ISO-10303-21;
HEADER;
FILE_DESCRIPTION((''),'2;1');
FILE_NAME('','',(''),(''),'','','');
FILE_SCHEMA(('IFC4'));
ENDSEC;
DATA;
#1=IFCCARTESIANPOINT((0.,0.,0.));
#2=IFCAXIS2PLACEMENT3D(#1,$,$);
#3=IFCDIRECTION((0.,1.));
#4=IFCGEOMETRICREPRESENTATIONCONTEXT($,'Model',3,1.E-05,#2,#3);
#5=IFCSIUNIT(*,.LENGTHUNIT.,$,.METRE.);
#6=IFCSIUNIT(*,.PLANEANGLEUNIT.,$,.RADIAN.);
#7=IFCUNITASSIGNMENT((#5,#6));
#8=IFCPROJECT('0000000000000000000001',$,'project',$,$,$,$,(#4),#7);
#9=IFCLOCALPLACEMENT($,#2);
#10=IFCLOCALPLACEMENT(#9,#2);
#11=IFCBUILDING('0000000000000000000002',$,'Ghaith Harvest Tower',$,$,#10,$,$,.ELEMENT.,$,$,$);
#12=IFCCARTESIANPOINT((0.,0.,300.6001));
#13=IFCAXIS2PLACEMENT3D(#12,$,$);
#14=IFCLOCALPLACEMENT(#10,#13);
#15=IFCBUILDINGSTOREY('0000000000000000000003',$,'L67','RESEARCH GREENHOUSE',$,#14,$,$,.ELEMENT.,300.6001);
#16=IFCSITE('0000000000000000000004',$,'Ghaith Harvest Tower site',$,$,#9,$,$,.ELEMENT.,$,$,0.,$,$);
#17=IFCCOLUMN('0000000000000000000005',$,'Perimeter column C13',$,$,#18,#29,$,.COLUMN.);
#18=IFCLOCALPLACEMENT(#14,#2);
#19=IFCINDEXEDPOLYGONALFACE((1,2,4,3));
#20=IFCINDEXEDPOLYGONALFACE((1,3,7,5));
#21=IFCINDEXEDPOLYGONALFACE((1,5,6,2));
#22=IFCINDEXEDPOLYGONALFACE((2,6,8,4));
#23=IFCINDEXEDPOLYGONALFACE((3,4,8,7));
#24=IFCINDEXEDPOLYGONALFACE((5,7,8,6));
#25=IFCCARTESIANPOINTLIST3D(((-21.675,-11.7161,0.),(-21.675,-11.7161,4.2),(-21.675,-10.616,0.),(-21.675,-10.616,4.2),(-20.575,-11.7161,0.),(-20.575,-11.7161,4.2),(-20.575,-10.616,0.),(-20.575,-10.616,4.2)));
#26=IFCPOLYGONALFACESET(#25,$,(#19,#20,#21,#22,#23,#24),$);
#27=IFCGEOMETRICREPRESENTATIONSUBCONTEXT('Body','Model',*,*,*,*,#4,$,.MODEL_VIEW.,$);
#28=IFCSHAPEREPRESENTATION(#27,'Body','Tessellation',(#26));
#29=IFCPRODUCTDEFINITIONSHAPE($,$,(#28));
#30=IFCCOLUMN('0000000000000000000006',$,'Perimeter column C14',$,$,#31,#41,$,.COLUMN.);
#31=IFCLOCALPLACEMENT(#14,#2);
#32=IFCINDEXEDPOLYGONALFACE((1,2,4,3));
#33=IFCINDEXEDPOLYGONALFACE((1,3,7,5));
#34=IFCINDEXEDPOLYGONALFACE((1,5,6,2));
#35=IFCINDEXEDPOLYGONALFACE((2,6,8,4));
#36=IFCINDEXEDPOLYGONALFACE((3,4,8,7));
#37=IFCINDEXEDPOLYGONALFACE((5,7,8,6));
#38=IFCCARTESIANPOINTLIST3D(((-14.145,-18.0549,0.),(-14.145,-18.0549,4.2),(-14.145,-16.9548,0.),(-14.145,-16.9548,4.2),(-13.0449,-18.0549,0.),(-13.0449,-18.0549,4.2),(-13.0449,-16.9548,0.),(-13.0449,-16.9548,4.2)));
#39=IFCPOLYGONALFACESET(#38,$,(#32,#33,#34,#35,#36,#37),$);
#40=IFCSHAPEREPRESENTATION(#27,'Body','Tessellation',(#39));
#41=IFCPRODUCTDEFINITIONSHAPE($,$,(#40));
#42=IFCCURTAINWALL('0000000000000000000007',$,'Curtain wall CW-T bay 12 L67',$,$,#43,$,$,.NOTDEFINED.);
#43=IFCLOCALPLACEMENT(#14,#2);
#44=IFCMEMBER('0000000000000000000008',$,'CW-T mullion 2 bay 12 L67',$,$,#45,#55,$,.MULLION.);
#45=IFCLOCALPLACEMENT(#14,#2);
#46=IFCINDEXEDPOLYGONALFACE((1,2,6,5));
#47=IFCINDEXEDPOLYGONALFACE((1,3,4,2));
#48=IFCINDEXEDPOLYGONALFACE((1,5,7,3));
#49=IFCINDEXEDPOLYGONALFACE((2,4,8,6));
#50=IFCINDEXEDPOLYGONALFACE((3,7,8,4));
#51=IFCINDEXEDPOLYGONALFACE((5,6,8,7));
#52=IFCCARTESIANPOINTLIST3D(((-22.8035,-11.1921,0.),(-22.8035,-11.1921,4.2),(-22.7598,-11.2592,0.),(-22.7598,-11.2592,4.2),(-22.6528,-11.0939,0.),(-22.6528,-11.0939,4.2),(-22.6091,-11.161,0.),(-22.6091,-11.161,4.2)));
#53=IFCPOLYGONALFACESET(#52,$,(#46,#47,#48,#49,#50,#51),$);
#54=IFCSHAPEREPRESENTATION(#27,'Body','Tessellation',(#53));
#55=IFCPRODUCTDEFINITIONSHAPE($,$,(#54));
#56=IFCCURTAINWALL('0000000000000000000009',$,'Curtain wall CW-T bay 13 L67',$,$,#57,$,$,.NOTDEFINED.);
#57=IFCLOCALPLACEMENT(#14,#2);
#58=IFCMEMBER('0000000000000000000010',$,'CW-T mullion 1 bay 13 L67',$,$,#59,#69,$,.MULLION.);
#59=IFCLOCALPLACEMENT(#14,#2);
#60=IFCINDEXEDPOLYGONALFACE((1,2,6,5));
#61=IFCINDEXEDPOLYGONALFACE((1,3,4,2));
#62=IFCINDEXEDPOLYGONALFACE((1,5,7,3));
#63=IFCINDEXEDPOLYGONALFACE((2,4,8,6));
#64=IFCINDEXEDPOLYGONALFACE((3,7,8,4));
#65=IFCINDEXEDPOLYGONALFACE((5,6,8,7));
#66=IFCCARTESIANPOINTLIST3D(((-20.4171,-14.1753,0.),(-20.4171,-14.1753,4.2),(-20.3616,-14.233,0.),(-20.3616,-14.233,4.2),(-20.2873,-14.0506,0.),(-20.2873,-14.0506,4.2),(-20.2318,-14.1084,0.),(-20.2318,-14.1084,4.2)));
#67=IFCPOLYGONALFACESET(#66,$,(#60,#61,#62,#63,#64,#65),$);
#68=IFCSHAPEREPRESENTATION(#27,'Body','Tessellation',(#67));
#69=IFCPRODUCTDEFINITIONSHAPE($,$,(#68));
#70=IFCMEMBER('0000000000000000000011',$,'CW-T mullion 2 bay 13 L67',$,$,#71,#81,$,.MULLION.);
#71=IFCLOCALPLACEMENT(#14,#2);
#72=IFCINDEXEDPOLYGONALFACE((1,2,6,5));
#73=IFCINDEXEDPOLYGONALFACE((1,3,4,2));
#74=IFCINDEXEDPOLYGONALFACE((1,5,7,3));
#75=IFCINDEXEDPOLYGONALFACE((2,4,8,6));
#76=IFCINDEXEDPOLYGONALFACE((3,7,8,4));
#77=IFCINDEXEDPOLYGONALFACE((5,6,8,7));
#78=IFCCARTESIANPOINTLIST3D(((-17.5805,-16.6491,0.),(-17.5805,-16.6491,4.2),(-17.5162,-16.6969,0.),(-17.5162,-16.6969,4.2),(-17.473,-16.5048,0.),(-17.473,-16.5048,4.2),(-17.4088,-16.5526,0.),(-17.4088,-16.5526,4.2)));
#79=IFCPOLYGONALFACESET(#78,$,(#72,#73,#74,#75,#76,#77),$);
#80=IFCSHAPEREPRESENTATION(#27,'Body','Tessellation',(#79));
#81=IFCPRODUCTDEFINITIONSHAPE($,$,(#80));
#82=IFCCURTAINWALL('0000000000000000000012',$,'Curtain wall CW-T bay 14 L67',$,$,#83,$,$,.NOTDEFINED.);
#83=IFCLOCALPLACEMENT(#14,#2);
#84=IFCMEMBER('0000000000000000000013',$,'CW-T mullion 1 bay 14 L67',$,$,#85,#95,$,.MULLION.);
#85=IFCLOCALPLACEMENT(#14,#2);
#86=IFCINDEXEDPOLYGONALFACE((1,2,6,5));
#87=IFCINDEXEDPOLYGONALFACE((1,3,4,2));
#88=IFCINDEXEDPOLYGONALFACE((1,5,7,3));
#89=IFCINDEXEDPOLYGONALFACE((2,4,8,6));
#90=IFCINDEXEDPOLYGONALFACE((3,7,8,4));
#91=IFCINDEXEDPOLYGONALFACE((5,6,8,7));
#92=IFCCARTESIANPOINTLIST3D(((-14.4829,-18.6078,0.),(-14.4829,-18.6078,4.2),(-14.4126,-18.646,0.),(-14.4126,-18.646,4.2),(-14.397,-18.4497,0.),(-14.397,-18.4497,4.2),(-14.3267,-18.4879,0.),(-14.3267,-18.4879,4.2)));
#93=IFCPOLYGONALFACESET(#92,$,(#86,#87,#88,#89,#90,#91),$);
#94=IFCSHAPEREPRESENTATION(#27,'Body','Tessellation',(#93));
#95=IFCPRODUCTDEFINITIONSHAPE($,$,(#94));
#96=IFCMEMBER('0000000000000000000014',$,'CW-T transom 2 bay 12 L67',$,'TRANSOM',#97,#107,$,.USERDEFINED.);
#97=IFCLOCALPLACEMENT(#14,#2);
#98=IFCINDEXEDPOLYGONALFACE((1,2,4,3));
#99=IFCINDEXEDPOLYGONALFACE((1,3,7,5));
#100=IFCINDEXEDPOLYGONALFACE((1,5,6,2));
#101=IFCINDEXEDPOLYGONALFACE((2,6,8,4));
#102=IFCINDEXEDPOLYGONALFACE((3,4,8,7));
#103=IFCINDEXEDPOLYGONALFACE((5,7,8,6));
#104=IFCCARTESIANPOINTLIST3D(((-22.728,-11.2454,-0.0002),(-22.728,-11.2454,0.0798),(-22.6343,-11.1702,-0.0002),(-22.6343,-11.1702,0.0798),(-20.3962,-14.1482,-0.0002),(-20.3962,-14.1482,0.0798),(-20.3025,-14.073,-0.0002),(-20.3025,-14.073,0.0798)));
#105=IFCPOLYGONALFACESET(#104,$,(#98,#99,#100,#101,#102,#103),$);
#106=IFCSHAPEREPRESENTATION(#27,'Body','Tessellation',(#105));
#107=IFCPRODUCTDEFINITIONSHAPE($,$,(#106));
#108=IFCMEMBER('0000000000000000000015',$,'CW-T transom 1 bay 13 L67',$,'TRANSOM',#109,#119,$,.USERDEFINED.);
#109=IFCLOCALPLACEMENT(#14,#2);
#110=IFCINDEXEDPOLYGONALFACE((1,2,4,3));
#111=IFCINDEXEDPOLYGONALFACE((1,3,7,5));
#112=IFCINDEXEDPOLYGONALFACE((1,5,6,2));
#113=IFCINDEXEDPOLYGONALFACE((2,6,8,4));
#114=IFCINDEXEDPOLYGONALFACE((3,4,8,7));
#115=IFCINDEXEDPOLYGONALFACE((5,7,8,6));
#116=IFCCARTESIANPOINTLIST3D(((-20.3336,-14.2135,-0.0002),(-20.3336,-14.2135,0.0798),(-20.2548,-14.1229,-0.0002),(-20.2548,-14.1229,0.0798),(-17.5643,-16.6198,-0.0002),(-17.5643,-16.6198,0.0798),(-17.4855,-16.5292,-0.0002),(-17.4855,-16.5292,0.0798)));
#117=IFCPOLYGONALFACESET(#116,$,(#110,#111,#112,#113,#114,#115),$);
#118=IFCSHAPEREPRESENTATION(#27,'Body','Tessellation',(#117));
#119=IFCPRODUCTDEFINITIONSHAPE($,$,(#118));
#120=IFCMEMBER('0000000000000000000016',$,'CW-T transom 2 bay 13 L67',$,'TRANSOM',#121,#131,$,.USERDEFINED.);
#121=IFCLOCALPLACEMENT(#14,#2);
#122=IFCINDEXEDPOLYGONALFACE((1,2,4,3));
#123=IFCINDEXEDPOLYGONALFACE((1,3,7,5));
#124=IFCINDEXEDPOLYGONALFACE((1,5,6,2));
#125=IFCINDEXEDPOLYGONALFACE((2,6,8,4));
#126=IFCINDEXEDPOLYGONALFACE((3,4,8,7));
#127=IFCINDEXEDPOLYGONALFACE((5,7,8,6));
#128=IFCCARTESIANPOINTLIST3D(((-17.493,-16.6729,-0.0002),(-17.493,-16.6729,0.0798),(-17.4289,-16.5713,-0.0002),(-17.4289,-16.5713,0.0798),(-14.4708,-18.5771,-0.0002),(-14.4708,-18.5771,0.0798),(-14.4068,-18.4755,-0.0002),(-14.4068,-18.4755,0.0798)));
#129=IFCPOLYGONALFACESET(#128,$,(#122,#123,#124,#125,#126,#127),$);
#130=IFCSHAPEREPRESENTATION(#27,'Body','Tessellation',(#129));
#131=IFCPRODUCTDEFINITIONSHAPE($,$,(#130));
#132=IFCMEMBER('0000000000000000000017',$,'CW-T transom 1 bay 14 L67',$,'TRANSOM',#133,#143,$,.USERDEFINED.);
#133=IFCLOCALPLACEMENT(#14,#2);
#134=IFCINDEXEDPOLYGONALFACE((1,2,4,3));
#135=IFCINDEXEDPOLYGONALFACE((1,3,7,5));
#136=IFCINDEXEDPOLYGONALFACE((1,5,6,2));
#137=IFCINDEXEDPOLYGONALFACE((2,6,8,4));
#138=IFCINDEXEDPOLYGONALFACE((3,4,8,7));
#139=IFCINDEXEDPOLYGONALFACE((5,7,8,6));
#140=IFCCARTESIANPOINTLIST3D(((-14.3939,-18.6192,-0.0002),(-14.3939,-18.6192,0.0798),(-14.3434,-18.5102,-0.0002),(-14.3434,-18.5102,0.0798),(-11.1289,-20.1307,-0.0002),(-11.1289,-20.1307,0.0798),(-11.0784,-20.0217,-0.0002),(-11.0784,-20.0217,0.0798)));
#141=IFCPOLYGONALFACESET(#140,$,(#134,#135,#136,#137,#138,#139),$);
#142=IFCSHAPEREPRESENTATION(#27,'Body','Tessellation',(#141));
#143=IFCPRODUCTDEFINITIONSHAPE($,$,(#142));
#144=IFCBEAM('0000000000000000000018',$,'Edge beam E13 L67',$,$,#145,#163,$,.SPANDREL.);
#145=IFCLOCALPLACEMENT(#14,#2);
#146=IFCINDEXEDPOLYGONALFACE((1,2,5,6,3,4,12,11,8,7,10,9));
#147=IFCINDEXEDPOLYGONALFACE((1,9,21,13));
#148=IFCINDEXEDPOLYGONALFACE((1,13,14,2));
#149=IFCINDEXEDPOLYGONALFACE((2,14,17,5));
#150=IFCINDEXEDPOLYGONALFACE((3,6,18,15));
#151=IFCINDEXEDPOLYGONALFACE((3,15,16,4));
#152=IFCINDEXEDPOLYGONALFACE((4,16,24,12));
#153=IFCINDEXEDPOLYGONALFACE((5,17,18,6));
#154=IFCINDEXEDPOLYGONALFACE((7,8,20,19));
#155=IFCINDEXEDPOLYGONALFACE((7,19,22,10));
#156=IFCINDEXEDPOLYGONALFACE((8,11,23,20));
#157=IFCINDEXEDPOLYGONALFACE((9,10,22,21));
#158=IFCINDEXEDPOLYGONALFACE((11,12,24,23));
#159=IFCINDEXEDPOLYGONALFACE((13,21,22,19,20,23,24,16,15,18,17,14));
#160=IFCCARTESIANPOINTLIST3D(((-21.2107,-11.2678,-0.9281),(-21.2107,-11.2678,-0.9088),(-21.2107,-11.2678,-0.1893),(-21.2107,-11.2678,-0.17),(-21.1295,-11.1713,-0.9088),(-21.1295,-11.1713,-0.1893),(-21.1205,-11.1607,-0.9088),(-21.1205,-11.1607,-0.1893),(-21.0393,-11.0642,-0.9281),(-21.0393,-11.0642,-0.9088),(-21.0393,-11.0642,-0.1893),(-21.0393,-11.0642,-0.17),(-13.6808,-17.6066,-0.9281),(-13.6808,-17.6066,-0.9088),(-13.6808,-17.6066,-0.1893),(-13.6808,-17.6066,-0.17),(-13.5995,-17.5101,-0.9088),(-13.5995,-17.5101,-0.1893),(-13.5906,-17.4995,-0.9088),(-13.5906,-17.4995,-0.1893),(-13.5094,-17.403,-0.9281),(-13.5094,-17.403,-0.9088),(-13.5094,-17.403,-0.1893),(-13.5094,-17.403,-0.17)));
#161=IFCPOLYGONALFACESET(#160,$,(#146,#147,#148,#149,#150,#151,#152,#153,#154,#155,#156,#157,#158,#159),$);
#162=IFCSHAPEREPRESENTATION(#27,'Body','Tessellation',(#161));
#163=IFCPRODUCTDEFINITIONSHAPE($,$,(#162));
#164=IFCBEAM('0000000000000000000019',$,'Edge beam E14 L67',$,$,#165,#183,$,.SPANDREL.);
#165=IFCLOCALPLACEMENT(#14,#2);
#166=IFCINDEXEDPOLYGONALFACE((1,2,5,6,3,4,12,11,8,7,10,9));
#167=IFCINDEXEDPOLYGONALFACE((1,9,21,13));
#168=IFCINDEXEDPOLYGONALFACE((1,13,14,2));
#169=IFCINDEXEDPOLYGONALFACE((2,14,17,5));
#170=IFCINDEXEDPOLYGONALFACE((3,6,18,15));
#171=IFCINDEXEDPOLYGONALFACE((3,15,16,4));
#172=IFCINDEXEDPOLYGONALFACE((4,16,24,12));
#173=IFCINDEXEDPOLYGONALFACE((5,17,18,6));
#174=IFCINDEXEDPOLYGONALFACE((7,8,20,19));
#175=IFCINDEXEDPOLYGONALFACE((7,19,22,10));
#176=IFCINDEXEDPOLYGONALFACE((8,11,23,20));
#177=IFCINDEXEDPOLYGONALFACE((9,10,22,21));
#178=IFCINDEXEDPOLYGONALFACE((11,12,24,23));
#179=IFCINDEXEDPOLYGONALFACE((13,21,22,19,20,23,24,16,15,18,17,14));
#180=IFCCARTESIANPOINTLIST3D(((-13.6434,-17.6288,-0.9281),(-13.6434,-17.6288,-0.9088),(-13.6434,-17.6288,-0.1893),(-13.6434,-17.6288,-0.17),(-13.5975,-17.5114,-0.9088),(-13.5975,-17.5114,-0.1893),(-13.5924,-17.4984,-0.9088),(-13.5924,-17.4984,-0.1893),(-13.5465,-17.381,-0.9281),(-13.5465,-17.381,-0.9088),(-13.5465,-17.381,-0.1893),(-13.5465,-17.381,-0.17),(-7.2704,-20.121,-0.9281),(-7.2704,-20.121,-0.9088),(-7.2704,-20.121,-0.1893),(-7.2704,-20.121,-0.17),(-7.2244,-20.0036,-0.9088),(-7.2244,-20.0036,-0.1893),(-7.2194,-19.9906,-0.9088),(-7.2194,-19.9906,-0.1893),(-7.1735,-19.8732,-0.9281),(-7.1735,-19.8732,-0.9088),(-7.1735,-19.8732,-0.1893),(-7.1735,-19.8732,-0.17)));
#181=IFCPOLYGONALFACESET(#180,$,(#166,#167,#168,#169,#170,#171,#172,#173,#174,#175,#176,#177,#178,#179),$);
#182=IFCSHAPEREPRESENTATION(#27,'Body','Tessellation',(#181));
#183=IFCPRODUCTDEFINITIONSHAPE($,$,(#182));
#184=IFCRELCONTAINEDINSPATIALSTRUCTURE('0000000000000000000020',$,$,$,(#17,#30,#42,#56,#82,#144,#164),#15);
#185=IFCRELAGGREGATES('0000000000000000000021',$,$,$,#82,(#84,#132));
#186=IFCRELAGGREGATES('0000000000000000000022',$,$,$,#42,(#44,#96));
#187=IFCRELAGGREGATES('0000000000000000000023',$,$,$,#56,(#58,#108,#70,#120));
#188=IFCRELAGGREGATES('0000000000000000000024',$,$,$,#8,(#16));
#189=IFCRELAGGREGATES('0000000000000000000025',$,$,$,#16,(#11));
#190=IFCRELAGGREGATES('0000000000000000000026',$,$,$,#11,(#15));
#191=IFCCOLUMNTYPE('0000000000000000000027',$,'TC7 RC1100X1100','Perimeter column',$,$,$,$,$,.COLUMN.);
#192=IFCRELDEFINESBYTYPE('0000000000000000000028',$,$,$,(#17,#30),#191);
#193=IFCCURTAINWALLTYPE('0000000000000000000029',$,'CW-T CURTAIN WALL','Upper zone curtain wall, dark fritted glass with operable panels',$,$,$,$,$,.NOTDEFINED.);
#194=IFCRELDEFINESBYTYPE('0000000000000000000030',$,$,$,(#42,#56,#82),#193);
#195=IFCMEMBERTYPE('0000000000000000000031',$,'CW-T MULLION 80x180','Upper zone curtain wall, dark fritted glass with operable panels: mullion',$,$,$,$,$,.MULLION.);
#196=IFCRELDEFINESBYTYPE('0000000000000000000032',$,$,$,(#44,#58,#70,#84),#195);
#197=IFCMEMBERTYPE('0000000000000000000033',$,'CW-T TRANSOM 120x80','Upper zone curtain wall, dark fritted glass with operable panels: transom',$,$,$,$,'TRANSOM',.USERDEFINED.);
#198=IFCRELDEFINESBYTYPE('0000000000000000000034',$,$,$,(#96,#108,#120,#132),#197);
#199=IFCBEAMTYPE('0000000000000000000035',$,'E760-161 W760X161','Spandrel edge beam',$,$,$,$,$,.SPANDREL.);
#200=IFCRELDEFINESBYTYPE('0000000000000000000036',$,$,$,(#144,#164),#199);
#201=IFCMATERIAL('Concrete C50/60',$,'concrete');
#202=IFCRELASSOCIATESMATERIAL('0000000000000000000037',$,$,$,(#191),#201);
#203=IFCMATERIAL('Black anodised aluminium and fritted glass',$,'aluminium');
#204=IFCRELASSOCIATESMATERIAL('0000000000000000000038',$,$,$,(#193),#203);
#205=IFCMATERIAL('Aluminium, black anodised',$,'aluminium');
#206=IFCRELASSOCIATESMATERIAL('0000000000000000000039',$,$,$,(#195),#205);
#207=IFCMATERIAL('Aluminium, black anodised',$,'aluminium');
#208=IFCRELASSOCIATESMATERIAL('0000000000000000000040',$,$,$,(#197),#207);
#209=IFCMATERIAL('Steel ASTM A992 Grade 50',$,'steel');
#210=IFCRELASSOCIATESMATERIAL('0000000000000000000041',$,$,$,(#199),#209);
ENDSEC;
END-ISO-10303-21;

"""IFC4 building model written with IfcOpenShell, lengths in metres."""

from ifc_helpers import new_model, si_unit, direction, frame, origin, origin_2d, place, context, subcontext, project, spatial, rectangle, i_section, extrude, material, material_profile, profile_set, type_object, element, aggregate, save


model = new_model("IFC4")

# Units and contexts
model_context = context("Model", 3, precision=1e-05, world=origin(), true_north=direction((0.0, 1.0)))
body_context = subcontext(model_context, "Body", "Model", "MODEL_VIEW")
ifc_project = project(units=[si_unit("LENGTHUNIT", "METRE"), si_unit("PLANEANGLEUNIT", "RADIAN")], contexts=[model_context])

# Site, building, storey
site_placement = place(None, origin())
site = spatial("IfcSite", under=ifc_project, at=site_placement, Name="Ghaith Harvest Tower site", CompositionType="ELEMENT", RefElevation=0.0)
building_placement = place(site_placement, origin())
building = spatial("IfcBuilding", under=site, at=building_placement, Name="Ghaith Harvest Tower", CompositionType="ELEMENT")
storey_placement = place(building_placement, frame((0.0, 0.0, 300.6001)))
storey = spatial("IfcBuildingStorey", under=building, at=storey_placement, Name="L67", Description="RESEARCH GREENHOUSE", CompositionType="ELEMENT", Elevation=300.6001)

# Columns
ifc_material_1 = material(Name="Concrete C50/60", Category="concrete")
ifc_material_profile_1 = material_profile(ifc_material_1, rectangle(XDim=1.1001, YDim=1.1001, at=origin_2d()), Name="RC1100X1100")
ifc_profile_set_1 = profile_set([ifc_material_profile_1], Name="Concrete C50/60")
column_type = type_object("IfcColumnType", Name="TC7 RC1100X1100", Description="Perimeter column", PredefinedType="COLUMN", material=ifc_profile_set_1)
for number, where, z_axis, x_axis, name in (
    (1, (-21.125, -11.166, 0.0), (0.0, 0.0, 1.0), (1.0, 0.0, 0.0), "Perimeter column C13"),
    (2, (-13.595, -17.5049, 0.0), (0.0, 0.0, 1.0), (1.0, 0.0, 0.0), "Perimeter column C14"),
):
    element("IfcColumn", number, at=place(storey_placement, frame(where, z_axis=z_axis, x_axis=x_axis)), inside=storey, type_object=column_type, Name=name, PredefinedType="COLUMN", context=body_context, shape_type="SweptSolid", body=[
        extrude(rectangle(XDim=1.1001, YDim=1.1001, at=origin_2d()), origin(), (0.0, 0.0, 1.0), 4.2),
    ])

# Curtain wall, member
ifc_material_2 = material(Name="Black anodised aluminium and fritted glass", Category="aluminium")
curtain_wall_type = type_object("IfcCurtainWallType", Name="CW-T CURTAIN WALL", Description="Upper zone curtain wall, dark fritted glass with operable panels", PredefinedType="NOTDEFINED", material=ifc_material_2)
curtain_wall_1_placement = place(storey_placement, origin())
curtain_wall_1 = element("IfcCurtainWall", 3, at=curtain_wall_1_placement, inside=storey, type_object=curtain_wall_type, Name="Curtain wall CW-T bay 12 L67", PredefinedType="NOTDEFINED")
ifc_material_3 = material(Name="Aluminium, black anodised", Category="aluminium")
ifc_material_profile_2 = material_profile(ifc_material_3, rectangle(XDim=0.0801, YDim=0.1799, at=origin_2d()), Name="CW-T MULLION 80x180")
ifc_profile_set_2 = profile_set([ifc_material_profile_2], Name="Aluminium, black anodised")
member_type_1 = type_object("IfcMemberType", Name="CW-T MULLION 80x180", Description="Upper zone curtain wall, dark fritted glass with operable panels: mullion", PredefinedType="MULLION", material=ifc_profile_set_2)
member_1_placement = place(storey_placement, frame((-22.7063, -11.1765, 0.0), z_axis=(0.0, 0.0, 1.0), x_axis=(0.545865, -0.837873, 0.0)))
member_1 = element("IfcMember", 4, at=member_1_placement, type_object=member_type_1, Name="CW-T mullion 2 bay 12 L67", PredefinedType="MULLION", context=body_context, shape_type="SweptSolid", body=[
    extrude(rectangle(XDim=0.0801, YDim=0.1799, at=origin_2d()), origin(), (0.0, 0.0, 1.0), 4.2),
])

# Curtain wall, members
curtain_wall_2_placement = place(storey_placement, origin())
curtain_wall_2 = element("IfcCurtainWall", 5, at=curtain_wall_2_placement, inside=storey, type_object=curtain_wall_type, Name="Curtain wall CW-T bay 13 L67", PredefinedType="NOTDEFINED")
member_2_placement = place(storey_placement, frame((-20.3245, -14.1418, 0.0), z_axis=(0.0, 0.0, 1.0), x_axis=(0.692826, -0.721104, 0.0)))
member_2 = element("IfcMember", 6, at=member_2_placement, type_object=member_type_1, Name="CW-T mullion 1 bay 13 L67", PredefinedType="MULLION", context=body_context, shape_type="SweptSolid", body=[
    extrude(rectangle(XDim=0.0801, YDim=0.1799, at=origin_2d()), origin(), (0.0, 0.0, 1.0), 4.2),
])
member_3_placement = place(storey_placement, frame((-17.4946, -16.6008, 0.0), z_axis=(0.0, 0.0, 1.0), x_axis=(0.80219, -0.597069, 0.0)))
member_3 = element("IfcMember", 7, at=member_3_placement, type_object=member_type_1, Name="CW-T mullion 2 bay 13 L67", PredefinedType="MULLION", context=body_context, shape_type="SweptSolid", body=[
    extrude(rectangle(XDim=0.0801, YDim=0.1799, at=origin_2d()), origin(), (0.0, 0.0, 1.0), 4.2),
])

# Curtain wall, member
curtain_wall_3_placement = place(storey_placement, origin())
curtain_wall_3 = element("IfcCurtainWall", 8, at=curtain_wall_3_placement, inside=storey, type_object=curtain_wall_type, Name="Curtain wall CW-T bay 14 L67", PredefinedType="NOTDEFINED")
member_4_placement = place(storey_placement, frame((-14.4048, -18.5479, 0.0), z_axis=(0.0, 0.0, 1.0), x_axis=(0.878672, -0.477426, 0.0)))
member_4 = element("IfcMember", 9, at=member_4_placement, type_object=member_type_1, Name="CW-T mullion 1 bay 14 L67", PredefinedType="MULLION", context=body_context, shape_type="SweptSolid", body=[
    extrude(rectangle(XDim=0.0801, YDim=0.1799, at=origin_2d()), origin(), (0.0, 0.0, 1.0), 4.2),
])

# Members
ifc_material_4 = material(Name="Aluminium, black anodised", Category="aluminium")
ifc_material_profile_3 = material_profile(ifc_material_4, rectangle(XDim=0.1201, YDim=0.0801, at=origin_2d()), Name="CW-T TRANSOM 120x80")
ifc_profile_set_3 = profile_set([ifc_material_profile_3], Name="Aluminium, black anodised")
member_type_2 = type_object("IfcMemberType", Name="CW-T TRANSOM 120x80", Description="Upper zone curtain wall, dark fritted glass with operable panels: transom", ElementType="TRANSOM", PredefinedType="USERDEFINED", material=ifc_profile_set_3)
member_5_placement = place(storey_placement, frame((-22.6812, -11.2078, 0.0398), z_axis=(0.626253, -0.77962, 0.0), x_axis=(0.77962, 0.626253, 0.0)))
member_5 = element("IfcMember", 10, at=member_5_placement, type_object=member_type_2, Name="CW-T transom 2 bay 12 L67", ObjectType="TRANSOM", PredefinedType="USERDEFINED", context=body_context, shape_type="SweptSolid", body=[
    extrude(rectangle(XDim=0.1201, YDim=0.0801, at=origin_2d()), origin(), (0.0, 0.0, 1.0), 3.7234),
])
member_6_placement = place(storey_placement, frame((-20.2942, -14.1682, 0.0398), z_axis=(0.754852, -0.655895, 0.0), x_axis=(0.655895, 0.754852, 0.0)))
member_6 = element("IfcMember", 11, at=member_6_placement, type_object=member_type_2, Name="CW-T transom 1 bay 13 L67", ObjectType="TRANSOM", PredefinedType="USERDEFINED", context=body_context, shape_type="SweptSolid", body=[
    extrude(rectangle(XDim=0.1201, YDim=0.0801, at=origin_2d()), origin(), (0.0, 0.0, 1.0), 3.6687),
])
member_7_placement = place(storey_placement, frame((-17.4609, -16.6221, 0.0398), z_axis=(0.846054, -0.533098, 0.0), x_axis=(0.533098, 0.846054, 0.0)))
member_7 = element("IfcMember", 12, at=member_7_placement, type_object=member_type_2, Name="CW-T transom 2 bay 13 L67", ObjectType="TRANSOM", PredefinedType="USERDEFINED", context=body_context, shape_type="SweptSolid", body=[
    extrude(rectangle(XDim=0.1201, YDim=0.0801, at=origin_2d()), origin(), (0.0, 0.0, 1.0), 3.572),
])
member_8_placement = place(storey_placement, frame((-14.3687, -18.5647, 0.0398), z_axis=(0.907472, -0.420112, 0.0), x_axis=(0.420112, 0.907472, 0.0)))
member_8 = element("IfcMember", 13, at=member_8_placement, type_object=member_type_2, Name="CW-T transom 1 bay 14 L67", ObjectType="TRANSOM", PredefinedType="USERDEFINED", context=body_context, shape_type="SweptSolid", body=[
    extrude(rectangle(XDim=0.1201, YDim=0.0801, at=origin_2d()), origin(), (0.0, 0.0, 1.0), 3.5979),
])
aggregate(curtain_wall_3, [member_4, member_8])

# Beams
ifc_material_5 = material(Name="Steel ASTM A992 Grade 50", Category="steel")
ifc_material_profile_4 = material_profile(ifc_material_5, i_section(OverallWidth=0.2661, OverallDepth=0.7581, WebThickness=0.0139, FlangeThickness=0.0193, at=origin_2d()), Name="W760X161")
ifc_profile_set_4 = profile_set([ifc_material_profile_4], Name="Steel ASTM A992 Grade 50")
beam_type = type_object("IfcBeamType", Name="E760-161 W760X161", Description="Spandrel edge beam", PredefinedType="SPANDREL", material=ifc_profile_set_4)
beam_1_placement = place(storey_placement, frame((-21.125, -11.166, -0.5491), z_axis=(0.765022, -0.644004, 0.0), x_axis=(0.644004, 0.765022, 0.0)))
element("IfcBeam", 14, at=beam_1_placement, inside=storey, type_object=beam_type, Name="Edge beam E13 L67", PredefinedType="SPANDREL", context=body_context, shape_type="SweptSolid", body=[
    extrude(i_section(OverallWidth=0.2661, OverallDepth=0.7581, WebThickness=0.0139, FlangeThickness=0.0193, at=origin_2d()), origin(), (0.0, 0.0, 1.0), 9.8428),
])
beam_2_placement = place(storey_placement, frame((-13.595, -17.5049, -0.5491), z_axis=(0.931323, -0.364195, 0.0), x_axis=(0.364195, 0.931323, 0.0)))
element("IfcBeam", 15, at=beam_2_placement, inside=storey, type_object=beam_type, Name="Edge beam E14 L67", PredefinedType="SPANDREL", context=body_context, shape_type="SweptSolid", body=[
    extrude(i_section(OverallWidth=0.2661, OverallDepth=0.7581, WebThickness=0.0139, FlangeThickness=0.0193, at=origin_2d()), origin(), (0.0, 0.0, 1.0), 6.843),
])

aggregate(curtain_wall_1, [member_1, member_5])
aggregate(curtain_wall_2, [member_2, member_6, member_3, member_7])

save(model, "model.ifc")
